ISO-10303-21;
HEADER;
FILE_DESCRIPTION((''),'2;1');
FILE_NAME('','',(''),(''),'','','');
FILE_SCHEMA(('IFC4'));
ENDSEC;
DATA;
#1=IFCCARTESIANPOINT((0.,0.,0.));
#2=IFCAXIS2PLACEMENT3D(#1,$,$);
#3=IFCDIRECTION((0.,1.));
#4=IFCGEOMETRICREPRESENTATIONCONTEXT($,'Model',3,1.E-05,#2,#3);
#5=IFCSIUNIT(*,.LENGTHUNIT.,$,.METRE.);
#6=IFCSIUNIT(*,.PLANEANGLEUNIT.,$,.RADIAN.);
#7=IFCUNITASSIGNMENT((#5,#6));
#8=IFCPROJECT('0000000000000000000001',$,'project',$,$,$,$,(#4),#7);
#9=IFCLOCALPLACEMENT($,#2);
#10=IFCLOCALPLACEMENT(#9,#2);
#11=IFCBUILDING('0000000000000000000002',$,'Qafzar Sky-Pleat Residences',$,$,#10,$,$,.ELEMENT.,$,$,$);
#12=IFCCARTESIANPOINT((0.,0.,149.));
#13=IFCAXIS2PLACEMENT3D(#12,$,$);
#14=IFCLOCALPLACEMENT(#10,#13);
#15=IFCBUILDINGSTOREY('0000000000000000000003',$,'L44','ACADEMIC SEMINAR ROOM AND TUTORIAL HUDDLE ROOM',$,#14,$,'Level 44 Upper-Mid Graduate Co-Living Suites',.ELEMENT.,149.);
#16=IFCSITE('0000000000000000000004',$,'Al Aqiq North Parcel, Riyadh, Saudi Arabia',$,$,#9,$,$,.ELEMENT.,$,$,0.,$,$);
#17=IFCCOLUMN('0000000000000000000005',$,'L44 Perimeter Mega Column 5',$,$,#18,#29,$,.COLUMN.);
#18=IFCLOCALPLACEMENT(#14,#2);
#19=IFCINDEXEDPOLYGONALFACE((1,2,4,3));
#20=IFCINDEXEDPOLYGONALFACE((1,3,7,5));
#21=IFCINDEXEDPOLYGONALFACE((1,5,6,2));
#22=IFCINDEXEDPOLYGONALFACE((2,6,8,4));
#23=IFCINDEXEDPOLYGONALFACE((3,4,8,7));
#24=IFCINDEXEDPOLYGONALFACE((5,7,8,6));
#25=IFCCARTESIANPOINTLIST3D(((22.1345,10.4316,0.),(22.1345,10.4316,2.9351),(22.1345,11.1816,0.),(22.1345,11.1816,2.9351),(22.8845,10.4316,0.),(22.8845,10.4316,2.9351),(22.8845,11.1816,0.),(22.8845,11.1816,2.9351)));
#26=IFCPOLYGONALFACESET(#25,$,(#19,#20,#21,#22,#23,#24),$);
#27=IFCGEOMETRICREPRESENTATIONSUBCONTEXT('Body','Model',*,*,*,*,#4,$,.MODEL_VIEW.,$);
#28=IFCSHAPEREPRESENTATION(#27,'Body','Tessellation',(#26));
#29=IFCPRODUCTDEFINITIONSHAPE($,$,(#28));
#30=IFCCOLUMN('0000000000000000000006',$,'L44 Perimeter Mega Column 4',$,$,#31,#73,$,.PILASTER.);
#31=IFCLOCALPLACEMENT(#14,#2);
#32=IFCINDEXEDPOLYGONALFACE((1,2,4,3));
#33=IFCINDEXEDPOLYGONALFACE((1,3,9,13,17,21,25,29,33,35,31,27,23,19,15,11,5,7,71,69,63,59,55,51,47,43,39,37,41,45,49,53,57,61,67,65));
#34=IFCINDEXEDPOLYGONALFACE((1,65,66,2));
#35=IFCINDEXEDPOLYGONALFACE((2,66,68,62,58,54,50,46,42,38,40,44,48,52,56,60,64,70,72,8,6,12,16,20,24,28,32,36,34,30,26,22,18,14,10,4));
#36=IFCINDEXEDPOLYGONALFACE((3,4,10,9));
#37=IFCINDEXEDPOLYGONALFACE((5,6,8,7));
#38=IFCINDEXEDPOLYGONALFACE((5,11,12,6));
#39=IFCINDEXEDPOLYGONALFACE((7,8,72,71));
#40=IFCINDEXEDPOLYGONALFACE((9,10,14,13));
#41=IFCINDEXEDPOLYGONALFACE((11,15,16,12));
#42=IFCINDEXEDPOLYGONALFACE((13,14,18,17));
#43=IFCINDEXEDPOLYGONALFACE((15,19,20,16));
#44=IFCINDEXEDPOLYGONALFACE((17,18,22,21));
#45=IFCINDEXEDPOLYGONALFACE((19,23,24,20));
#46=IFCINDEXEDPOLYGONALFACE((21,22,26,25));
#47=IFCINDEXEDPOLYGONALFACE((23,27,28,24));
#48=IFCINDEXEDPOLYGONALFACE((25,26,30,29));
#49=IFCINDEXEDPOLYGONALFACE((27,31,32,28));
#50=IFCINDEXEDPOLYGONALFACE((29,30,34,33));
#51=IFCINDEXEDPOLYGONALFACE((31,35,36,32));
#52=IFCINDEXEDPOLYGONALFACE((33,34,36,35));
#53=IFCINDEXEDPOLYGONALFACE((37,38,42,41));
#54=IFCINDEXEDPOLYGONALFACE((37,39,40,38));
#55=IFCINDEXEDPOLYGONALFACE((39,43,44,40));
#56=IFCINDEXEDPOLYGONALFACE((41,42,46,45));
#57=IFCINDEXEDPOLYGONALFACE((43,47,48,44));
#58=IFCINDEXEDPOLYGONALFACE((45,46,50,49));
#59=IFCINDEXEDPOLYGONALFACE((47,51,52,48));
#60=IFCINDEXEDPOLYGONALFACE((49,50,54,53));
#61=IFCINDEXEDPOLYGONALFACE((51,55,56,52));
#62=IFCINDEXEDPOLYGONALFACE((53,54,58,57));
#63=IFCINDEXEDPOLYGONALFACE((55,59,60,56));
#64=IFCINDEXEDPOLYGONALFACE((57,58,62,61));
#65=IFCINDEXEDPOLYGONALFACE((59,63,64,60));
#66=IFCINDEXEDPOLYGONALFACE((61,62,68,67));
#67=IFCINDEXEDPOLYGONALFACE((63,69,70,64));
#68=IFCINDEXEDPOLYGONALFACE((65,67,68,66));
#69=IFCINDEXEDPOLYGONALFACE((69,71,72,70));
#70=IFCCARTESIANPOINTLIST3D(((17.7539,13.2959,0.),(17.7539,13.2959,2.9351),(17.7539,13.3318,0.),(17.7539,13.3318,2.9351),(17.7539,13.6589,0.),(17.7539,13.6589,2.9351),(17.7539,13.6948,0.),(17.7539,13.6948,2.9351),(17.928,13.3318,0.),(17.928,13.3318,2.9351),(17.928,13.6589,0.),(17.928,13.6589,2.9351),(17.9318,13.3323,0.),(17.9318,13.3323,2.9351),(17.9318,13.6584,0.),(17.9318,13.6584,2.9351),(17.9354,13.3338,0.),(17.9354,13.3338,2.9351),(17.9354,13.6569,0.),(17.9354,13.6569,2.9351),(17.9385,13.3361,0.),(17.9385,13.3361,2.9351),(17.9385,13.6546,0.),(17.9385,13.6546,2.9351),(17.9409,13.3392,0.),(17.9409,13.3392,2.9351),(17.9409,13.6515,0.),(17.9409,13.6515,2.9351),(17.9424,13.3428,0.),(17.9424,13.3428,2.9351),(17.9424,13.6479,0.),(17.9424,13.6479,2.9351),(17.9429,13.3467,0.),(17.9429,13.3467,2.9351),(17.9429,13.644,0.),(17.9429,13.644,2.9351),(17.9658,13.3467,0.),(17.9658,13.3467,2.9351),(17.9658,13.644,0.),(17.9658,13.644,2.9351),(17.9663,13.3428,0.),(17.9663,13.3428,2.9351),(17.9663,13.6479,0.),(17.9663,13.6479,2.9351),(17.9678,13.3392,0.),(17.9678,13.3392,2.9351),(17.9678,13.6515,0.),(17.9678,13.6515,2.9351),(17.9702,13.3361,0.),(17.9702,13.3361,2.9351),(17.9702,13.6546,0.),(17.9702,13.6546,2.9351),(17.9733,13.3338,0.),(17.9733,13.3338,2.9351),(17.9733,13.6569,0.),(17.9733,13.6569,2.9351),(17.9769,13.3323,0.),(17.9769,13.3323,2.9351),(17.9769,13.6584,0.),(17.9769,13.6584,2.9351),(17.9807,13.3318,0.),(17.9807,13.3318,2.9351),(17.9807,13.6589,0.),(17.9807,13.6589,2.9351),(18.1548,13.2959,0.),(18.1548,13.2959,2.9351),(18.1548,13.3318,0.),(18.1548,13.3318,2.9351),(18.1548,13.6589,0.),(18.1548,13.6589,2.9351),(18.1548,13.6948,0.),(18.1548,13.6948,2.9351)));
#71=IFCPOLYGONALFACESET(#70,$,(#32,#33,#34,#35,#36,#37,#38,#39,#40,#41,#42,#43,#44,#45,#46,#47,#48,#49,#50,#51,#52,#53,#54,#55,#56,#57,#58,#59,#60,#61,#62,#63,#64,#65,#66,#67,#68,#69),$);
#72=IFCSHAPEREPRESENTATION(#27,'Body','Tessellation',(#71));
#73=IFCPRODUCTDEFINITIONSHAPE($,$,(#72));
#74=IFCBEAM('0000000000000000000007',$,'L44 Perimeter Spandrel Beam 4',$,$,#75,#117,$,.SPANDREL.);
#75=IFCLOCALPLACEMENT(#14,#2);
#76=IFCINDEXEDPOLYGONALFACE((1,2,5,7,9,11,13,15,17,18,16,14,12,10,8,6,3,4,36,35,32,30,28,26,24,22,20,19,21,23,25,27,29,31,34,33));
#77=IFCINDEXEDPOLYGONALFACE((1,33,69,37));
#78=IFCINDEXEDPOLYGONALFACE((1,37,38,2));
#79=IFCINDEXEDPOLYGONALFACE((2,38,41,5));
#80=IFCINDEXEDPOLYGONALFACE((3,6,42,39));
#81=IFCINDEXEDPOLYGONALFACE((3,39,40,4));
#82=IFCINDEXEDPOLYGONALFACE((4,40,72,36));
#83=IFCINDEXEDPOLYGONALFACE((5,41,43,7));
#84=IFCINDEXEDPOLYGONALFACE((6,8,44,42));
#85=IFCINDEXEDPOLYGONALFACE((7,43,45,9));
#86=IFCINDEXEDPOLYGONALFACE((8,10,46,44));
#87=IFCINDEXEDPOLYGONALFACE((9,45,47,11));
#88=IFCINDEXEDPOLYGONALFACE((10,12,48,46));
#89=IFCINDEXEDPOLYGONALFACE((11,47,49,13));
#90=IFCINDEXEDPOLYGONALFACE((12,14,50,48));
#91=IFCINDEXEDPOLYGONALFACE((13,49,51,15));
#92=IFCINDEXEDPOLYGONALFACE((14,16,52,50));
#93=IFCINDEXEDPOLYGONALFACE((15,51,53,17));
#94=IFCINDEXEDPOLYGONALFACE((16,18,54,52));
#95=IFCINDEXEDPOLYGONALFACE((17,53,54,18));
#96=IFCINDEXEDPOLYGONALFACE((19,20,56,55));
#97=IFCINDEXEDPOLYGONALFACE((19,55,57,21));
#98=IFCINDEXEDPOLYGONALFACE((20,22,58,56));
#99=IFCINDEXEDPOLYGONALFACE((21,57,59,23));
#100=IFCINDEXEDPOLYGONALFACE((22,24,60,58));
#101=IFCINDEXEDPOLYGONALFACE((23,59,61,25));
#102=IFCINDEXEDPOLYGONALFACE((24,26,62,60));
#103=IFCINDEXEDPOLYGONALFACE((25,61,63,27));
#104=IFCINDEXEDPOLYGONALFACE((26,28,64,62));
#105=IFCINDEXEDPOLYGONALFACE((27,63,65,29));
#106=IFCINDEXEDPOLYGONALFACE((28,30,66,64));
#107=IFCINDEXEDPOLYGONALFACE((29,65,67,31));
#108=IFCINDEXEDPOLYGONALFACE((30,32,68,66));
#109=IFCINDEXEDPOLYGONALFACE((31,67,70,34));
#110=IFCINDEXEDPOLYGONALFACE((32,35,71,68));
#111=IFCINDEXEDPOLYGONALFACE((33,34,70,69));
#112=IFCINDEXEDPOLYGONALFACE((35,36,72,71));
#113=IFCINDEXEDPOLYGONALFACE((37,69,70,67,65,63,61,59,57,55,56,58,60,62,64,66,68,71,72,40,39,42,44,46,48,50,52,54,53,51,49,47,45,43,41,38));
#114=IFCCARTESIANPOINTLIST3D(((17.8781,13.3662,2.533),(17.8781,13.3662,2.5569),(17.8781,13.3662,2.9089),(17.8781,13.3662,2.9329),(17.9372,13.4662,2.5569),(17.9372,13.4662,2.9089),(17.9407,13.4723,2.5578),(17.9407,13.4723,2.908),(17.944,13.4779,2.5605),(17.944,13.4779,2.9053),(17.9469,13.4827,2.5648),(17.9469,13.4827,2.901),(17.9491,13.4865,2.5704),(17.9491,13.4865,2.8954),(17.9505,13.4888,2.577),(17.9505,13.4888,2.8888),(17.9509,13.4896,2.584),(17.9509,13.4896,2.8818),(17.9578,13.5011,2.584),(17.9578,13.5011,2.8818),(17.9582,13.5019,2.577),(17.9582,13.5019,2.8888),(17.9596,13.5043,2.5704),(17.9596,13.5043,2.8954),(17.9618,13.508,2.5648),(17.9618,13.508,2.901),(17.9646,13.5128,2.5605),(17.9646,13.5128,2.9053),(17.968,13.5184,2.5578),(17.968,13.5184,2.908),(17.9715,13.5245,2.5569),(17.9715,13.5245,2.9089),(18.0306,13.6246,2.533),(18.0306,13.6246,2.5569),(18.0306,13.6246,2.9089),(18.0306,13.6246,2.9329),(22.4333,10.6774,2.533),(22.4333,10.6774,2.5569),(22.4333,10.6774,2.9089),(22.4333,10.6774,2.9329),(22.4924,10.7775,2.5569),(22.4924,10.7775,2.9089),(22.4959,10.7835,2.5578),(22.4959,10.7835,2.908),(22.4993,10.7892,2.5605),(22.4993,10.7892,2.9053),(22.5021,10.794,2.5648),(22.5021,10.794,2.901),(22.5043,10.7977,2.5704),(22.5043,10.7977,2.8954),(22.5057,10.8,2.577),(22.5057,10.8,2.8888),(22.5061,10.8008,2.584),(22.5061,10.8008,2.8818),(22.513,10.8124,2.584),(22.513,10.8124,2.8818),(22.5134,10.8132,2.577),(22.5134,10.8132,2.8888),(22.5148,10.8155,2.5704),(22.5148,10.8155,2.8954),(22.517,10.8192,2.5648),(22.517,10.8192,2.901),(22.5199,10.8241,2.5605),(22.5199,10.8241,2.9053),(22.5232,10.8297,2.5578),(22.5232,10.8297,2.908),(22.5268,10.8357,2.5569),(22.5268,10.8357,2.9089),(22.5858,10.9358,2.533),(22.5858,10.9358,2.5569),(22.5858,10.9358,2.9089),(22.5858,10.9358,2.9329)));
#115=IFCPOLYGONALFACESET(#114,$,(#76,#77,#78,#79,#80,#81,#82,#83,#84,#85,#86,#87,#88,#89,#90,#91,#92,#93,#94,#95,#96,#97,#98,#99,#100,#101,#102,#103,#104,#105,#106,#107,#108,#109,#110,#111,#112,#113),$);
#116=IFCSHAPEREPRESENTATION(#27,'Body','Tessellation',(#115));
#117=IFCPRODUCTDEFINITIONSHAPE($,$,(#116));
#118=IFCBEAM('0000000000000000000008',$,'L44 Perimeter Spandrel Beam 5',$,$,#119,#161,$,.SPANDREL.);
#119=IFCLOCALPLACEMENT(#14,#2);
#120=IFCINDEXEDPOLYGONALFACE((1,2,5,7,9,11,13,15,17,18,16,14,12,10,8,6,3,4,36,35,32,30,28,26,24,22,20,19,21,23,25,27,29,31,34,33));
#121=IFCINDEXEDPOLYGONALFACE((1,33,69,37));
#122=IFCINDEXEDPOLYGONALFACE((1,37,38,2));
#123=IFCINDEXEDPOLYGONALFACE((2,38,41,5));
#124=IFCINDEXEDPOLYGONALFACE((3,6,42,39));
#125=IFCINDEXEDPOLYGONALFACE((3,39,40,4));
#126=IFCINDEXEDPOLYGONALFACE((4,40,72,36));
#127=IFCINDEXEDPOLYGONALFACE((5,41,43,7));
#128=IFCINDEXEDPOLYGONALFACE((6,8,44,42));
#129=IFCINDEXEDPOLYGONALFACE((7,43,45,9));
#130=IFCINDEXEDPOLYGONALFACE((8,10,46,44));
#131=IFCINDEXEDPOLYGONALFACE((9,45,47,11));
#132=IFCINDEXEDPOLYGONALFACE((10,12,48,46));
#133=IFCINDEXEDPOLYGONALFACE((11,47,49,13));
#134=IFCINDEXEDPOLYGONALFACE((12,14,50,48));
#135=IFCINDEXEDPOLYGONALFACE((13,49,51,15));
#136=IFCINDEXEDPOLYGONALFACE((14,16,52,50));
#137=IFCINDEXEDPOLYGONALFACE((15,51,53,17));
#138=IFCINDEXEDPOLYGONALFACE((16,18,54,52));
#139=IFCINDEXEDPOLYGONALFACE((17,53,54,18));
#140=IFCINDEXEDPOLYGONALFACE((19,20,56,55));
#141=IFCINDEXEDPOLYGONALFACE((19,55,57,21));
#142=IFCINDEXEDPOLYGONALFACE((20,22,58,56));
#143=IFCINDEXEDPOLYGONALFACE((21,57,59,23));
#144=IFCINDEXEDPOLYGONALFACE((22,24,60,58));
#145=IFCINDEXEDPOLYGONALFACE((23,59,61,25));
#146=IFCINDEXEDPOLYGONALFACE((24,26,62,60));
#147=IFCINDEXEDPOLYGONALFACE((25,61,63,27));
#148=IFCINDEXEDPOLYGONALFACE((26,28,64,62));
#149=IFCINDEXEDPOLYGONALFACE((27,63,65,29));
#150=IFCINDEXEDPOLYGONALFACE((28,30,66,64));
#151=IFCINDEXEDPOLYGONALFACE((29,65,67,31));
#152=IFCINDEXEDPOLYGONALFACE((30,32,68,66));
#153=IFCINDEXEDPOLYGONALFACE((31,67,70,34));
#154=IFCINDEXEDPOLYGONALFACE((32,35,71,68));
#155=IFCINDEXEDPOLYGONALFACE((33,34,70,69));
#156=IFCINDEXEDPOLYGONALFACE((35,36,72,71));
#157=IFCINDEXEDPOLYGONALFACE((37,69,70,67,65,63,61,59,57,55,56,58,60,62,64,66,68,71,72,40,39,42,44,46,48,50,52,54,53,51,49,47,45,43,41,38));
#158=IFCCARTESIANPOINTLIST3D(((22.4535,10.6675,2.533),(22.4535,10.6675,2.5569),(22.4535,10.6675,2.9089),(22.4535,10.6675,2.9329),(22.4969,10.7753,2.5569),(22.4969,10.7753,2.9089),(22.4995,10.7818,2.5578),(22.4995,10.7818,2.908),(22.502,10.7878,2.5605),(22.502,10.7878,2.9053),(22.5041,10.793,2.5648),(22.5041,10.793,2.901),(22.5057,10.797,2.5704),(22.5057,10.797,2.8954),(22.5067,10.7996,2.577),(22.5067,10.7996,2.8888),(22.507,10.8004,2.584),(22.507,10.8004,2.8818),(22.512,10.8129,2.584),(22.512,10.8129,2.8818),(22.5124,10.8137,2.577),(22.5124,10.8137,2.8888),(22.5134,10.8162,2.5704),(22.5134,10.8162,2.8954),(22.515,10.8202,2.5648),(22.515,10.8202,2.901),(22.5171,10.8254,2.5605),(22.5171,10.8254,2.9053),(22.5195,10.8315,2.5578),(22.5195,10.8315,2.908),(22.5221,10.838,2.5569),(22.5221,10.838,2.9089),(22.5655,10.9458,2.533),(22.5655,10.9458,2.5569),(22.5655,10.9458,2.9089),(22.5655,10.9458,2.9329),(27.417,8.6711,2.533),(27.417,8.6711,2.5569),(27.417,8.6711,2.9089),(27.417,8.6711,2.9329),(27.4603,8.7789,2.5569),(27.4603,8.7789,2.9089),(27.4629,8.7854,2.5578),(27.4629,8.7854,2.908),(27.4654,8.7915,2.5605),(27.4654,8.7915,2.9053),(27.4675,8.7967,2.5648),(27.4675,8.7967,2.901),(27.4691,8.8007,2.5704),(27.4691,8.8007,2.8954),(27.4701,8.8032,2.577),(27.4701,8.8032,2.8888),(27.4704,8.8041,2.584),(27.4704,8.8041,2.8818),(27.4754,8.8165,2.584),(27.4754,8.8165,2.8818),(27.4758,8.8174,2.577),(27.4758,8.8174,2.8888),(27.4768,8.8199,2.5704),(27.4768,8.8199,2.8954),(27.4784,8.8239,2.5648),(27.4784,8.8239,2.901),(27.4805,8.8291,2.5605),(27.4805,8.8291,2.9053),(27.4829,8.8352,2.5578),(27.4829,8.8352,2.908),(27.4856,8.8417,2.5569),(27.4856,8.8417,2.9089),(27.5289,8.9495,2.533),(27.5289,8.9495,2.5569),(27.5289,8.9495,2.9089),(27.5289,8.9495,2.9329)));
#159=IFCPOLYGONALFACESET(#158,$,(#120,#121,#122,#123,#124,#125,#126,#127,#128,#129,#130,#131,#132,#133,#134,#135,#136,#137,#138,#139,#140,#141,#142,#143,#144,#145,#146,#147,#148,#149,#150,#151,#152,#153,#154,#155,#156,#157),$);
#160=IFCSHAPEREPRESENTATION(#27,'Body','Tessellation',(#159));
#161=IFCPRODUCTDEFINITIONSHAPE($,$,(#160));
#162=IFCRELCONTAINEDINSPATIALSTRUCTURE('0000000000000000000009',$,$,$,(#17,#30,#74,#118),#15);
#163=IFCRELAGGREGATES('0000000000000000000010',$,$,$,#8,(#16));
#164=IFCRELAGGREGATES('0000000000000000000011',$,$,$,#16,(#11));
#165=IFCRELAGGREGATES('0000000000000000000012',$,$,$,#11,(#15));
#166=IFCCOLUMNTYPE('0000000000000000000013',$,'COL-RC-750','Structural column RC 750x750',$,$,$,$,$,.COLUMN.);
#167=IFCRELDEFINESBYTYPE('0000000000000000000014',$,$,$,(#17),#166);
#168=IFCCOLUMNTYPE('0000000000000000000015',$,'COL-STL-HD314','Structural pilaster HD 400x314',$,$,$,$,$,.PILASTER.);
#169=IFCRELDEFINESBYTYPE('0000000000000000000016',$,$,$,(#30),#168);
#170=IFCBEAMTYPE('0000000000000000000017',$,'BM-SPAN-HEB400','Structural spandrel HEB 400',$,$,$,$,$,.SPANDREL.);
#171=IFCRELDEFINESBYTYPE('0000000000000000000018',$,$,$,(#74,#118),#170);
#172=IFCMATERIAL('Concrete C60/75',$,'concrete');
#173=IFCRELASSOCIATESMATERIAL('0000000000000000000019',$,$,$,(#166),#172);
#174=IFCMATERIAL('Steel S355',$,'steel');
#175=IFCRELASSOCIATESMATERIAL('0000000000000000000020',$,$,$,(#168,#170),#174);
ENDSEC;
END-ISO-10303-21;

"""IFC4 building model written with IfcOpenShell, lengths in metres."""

from ifc_helpers import new_model, si_unit, direction, frame, origin, origin_2d, place, context, subcontext, project, spatial, rectangle, i_section, extrude, source, transform, mapped, material, material_profile, profile_set, type_object, element, save


model = new_model("IFC4")

# Units and contexts
model_context = context("Model", 3, precision=1e-05, world=origin(), true_north=direction((0.0, 1.0)))
body_context = subcontext(model_context, "Body", "Model", "MODEL_VIEW")
ifc_project = project(units=[si_unit("LENGTHUNIT", "METRE"), si_unit("PLANEANGLEUNIT", "RADIAN")], contexts=[model_context])

# Site, building, storey
site_placement = place(None, origin())
site = spatial("IfcSite", under=ifc_project, at=site_placement, Name="Al Aqiq North Parcel, Riyadh, Saudi Arabia", CompositionType="ELEMENT", RefElevation=0.0)
building_placement = place(site_placement, origin())
building = spatial("IfcBuilding", under=site, at=building_placement, Name="Qafzar Sky-Pleat Residences", CompositionType="ELEMENT")
storey_placement = place(building_placement, frame((0.0, 0.0, 149.0)))
storey = spatial("IfcBuildingStorey", under=building, at=storey_placement, Name="L44", Description="ACADEMIC SEMINAR ROOM AND TUTORIAL HUDDLE ROOM", LongName="Level 44 Upper-Mid Graduate Co-Living Suites", CompositionType="ELEMENT", Elevation=149.0)

# Columns
ifc_material_1 = material(Name="Concrete C60/75", Category="concrete")
ifc_material_profile_1 = material_profile(ifc_material_1, rectangle(XDim=0.75, YDim=0.75, at=origin_2d()), Name="RC 750x750")
ifc_profile_set_1 = profile_set([ifc_material_profile_1], Name="Concrete C60/75")
column_type_1 = type_object("IfcColumnType", Name="COL-RC-750", Description="Structural column RC 750x750", PredefinedType="COLUMN", material=ifc_profile_set_1)
shared_shape_1 = source(origin(), body_context, "Body", "SweptSolid", [
    extrude(rectangle(XDim=0.75, YDim=0.75, at=origin_2d()), origin(), (0.0, 0.0, 1.0), 2.9351),
])
column_1_placement = place(storey_placement, frame((22.5095, 10.8066, 0.0), z_axis=(0.0, 0.0, 1.0), x_axis=(1.0, 0.0, 0.0)))
element("IfcColumn", 1, at=column_1_placement, inside=storey, type_object=column_type_1, Name="L44 Perimeter Mega Column 5", PredefinedType="COLUMN", context=body_context, shape_type="MappedRepresentation", body=[
    mapped(shared_shape_1, transform((0.0, 0.0, 0.0), x_axis=(1.0, 0.0, 0.0), y_axis=(0.0, 1.0, 0.0), z_axis=(0.0, 0.0, 1.0), scale=1.0)),
])
ifc_material_2 = material(Name="Steel S355", Category="steel")
ifc_material_profile_2 = material_profile(ifc_material_2, i_section(OverallWidth=0.4009, OverallDepth=0.3989, WebThickness=0.0229, FlangeThickness=0.0359, FilletRadius=0.0149, at=origin_2d()), Name="HD 400x314")
ifc_profile_set_2 = profile_set([ifc_material_profile_2], Name="Steel S355")
column_type_2 = type_object("IfcColumnType", Name="COL-STL-HD314", Description="Structural pilaster HD 400x314", PredefinedType="PILASTER", material=ifc_profile_set_2)
shared_shape_2 = source(origin(), body_context, "Body", "SweptSolid", [
    extrude(i_section(OverallWidth=0.4009, OverallDepth=0.3989, WebThickness=0.0229, FlangeThickness=0.0359, FilletRadius=0.0149, at=origin_2d()), origin(), (0.0, 0.0, 1.0), 2.9351),
])
column_2_placement = place(storey_placement, frame((17.9543, 13.4954, 0.0), z_axis=(0.0, 0.0, 1.0), x_axis=(1.0, 0.0, 0.0)))
element("IfcColumn", 2, at=column_2_placement, inside=storey, type_object=column_type_2, Name="L44 Perimeter Mega Column 4", PredefinedType="PILASTER", context=body_context, shape_type="MappedRepresentation", body=[
    mapped(shared_shape_2, transform((0.0, 0.0, 0.0), x_axis=(1.0, 0.0, 0.0), y_axis=(0.0, 1.0, 0.0), z_axis=(0.0, 0.0, 1.0), scale=1.0)),
])

# Beams
ifc_material_profile_3 = material_profile(ifc_material_2, i_section(OverallWidth=0.3, OverallDepth=0.3999, WebThickness=0.0134, FlangeThickness=0.0239, FilletRadius=0.0271, at=origin_2d()), Name="HEB 400")
ifc_profile_set_3 = profile_set([ifc_material_profile_3], Name="Steel S355")
beam_type_1 = type_object("IfcBeamType", Name="BM-SPAN-HEB400", Description="Structural spandrel HEB 400", PredefinedType="SPANDREL", material=ifc_profile_set_3)
shared_shape_3 = source(origin(), body_context, "Body", "SweptSolid", [
    extrude(i_section(OverallWidth=0.3, OverallDepth=0.3999, WebThickness=0.0134, FlangeThickness=0.0239, FilletRadius=0.0271, at=origin_2d()), origin(), (0.0, 0.0, 1.0), 5.2896),
])
beam_1_placement = place(storey_placement, frame((17.9543, 13.4954, 2.7329), z_axis=(0.861173, -0.508313, 0.0), x_axis=(0.508313, 0.861173, 0.0)))
element("IfcBeam", 3, at=beam_1_placement, inside=storey, type_object=beam_type_1, Name="L44 Perimeter Spandrel Beam 4", PredefinedType="SPANDREL", context=body_context, shape_type="MappedRepresentation", body=[
    mapped(shared_shape_3, transform((0.0, 0.0, 0.0), x_axis=(1.0, 0.0, 0.0), y_axis=(0.0, 1.0, 0.0), z_axis=(0.0, 0.0, 1.0), scale=1.0)),
])
shared_shape_4 = source(origin(), body_context, "Body", "SweptSolid", [
    extrude(i_section(OverallWidth=0.3, OverallDepth=0.3999, WebThickness=0.0134, FlangeThickness=0.0239, FilletRadius=0.0271, at=origin_2d()), origin(), (0.0, 0.0, 1.0), 5.3499),
])
beam_2_placement = place(storey_placement, frame((22.5095, 10.8066, 2.7329), z_axis=(0.927767, -0.37316, 0.0), x_axis=(0.37316, 0.927767, 0.0)))
element("IfcBeam", 4, at=beam_2_placement, inside=storey, type_object=beam_type_1, Name="L44 Perimeter Spandrel Beam 5", PredefinedType="SPANDREL", context=body_context, shape_type="MappedRepresentation", body=[
    mapped(shared_shape_4, transform((0.0, 0.0, 0.0), x_axis=(1.0, 0.0, 0.0), y_axis=(0.0, 1.0, 0.0), z_axis=(0.0, 0.0, 1.0), scale=1.0)),
])

save(model, "model.ifc")
